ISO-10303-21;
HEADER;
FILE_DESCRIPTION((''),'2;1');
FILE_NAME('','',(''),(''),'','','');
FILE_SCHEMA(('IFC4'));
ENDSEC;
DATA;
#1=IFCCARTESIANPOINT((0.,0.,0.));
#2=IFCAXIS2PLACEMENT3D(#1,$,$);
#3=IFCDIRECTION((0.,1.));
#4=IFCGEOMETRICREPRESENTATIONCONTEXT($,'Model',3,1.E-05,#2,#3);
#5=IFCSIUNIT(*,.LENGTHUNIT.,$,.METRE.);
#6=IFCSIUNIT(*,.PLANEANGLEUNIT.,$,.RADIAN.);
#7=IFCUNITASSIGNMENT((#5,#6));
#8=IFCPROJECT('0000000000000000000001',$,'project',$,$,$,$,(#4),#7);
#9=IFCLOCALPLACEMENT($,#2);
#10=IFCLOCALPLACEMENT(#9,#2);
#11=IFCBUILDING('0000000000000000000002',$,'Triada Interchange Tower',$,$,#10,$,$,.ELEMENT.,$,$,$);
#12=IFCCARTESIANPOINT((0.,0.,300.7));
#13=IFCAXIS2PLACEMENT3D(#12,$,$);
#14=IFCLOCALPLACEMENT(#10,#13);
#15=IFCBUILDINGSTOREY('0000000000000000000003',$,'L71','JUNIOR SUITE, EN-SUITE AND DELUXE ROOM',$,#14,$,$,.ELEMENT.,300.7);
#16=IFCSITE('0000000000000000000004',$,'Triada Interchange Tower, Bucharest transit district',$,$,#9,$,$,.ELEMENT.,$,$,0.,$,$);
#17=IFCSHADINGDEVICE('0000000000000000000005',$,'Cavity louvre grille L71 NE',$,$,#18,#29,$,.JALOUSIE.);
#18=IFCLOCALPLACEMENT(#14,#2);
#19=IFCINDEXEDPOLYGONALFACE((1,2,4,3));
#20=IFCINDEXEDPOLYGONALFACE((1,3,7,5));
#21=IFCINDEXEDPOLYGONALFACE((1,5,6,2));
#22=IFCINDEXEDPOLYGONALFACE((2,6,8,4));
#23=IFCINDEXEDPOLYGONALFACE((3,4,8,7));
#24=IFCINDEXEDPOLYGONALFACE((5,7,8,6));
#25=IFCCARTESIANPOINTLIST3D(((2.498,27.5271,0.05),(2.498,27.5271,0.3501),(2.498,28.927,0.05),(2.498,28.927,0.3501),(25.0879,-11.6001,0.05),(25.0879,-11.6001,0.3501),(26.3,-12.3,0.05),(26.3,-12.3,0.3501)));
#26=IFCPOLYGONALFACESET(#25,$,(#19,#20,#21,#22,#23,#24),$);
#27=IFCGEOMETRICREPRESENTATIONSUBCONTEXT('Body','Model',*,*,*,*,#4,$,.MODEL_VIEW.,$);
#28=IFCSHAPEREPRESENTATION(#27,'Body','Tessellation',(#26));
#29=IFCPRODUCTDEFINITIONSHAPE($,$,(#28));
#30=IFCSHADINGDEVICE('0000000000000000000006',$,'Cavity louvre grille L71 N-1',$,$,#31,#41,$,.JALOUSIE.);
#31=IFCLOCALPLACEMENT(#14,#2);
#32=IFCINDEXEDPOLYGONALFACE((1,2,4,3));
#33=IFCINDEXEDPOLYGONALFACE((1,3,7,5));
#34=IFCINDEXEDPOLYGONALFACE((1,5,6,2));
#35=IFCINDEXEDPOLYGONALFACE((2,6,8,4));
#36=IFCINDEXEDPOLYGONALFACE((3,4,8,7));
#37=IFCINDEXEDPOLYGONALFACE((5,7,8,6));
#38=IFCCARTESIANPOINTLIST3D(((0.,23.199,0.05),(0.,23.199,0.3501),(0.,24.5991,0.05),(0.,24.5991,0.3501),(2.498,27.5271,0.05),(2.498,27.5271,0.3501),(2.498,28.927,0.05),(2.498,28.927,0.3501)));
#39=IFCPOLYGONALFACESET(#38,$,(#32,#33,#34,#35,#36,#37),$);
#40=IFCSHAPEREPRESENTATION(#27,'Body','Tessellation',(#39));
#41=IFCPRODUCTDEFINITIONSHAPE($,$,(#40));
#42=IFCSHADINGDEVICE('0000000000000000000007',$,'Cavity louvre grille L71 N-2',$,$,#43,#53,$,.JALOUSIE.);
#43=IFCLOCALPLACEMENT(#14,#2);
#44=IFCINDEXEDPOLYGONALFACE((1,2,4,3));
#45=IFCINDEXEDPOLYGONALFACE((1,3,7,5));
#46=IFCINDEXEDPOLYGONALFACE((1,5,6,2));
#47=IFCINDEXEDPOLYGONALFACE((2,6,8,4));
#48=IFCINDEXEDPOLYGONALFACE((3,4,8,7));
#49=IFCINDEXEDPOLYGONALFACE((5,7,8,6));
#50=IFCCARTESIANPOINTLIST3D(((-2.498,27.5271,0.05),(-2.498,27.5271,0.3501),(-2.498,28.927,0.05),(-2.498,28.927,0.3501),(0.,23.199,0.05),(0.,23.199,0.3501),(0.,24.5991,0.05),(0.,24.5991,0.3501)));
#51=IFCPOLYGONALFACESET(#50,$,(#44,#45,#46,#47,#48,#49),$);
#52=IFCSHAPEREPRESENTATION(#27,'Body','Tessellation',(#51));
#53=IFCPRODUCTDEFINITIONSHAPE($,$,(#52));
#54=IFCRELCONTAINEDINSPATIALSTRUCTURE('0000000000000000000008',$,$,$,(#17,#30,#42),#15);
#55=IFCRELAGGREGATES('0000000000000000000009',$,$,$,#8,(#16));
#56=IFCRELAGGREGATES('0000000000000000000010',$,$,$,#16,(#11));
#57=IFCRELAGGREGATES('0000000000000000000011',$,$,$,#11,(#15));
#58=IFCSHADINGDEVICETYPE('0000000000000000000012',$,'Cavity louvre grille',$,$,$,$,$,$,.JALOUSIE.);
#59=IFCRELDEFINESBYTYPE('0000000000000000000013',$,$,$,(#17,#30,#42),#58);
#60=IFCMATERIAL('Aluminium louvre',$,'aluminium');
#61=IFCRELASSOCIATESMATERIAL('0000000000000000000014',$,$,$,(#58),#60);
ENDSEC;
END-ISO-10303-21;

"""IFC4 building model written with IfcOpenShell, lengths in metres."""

from ifc_helpers import new_model, si_unit, direction, frame, origin, place, context, subcontext, project, spatial, polyline, outline, extrude, material, type_object, element, save


model = new_model("IFC4")

# Units and contexts
model_context = context("Model", 3, precision=1e-05, world=origin(), true_north=direction((0.0, 1.0)))
body_context = subcontext(model_context, "Body", "Model", "MODEL_VIEW")
ifc_project = project(units=[si_unit("LENGTHUNIT", "METRE"), si_unit("PLANEANGLEUNIT", "RADIAN")], contexts=[model_context])

# Site, building, storey
site_placement = place(None, origin())
site = spatial("IfcSite", under=ifc_project, at=site_placement, Name="Triada Interchange Tower, Bucharest transit district", CompositionType="ELEMENT", RefElevation=0.0)
building_placement = place(site_placement, origin())
building = spatial("IfcBuilding", under=site, at=building_placement, Name="Triada Interchange Tower", CompositionType="ELEMENT")
storey_placement = place(building_placement, frame((0.0, 0.0, 300.7)))
storey = spatial("IfcBuildingStorey", under=building, at=storey_placement, Name="L71", Description="JUNIOR SUITE, EN-SUITE AND DELUXE ROOM", CompositionType="ELEMENT", Elevation=300.7)

# Shading devices
ifc_material_1 = material(Name="Aluminium louvre", Category="aluminium")
shading_device_type = type_object("IfcShadingDeviceType", Name="Cavity louvre grille", PredefinedType="JALOUSIE", material=ifc_material_1)
shading_device_1_placement = place(storey_placement, frame((0.0, 0.0, 0.05)))
element("IfcShadingDevice", 1, at=shading_device_1_placement, inside=storey, type_object=shading_device_type, Name="Cavity louvre grille L71 NE", PredefinedType="JALOUSIE", context=body_context, shape_type="SweptSolid", body=[
    extrude(outline(polyline([(25.0879, -11.6001), (26.3, -12.3), (2.498, 28.927), (2.498, 27.5271), (25.0879, -11.6001)])), origin(), (0.0, 0.0, 1.0), 0.3),
])
shading_device_2_placement = place(storey_placement, frame((0.0, 0.0, 0.05)))
element("IfcShadingDevice", 2, at=shading_device_2_placement, inside=storey, type_object=shading_device_type, Name="Cavity louvre grille L71 N-1", PredefinedType="JALOUSIE", context=body_context, shape_type="SweptSolid", body=[
    extrude(outline(polyline([(2.498, 27.5271), (2.498, 28.927), (0.0, 24.5991), (0.0, 23.199), (2.498, 27.5271)])), origin(), (0.0, 0.0, 1.0), 0.3),
])
shading_device_3_placement = place(storey_placement, frame((0.0, 0.0, 0.05)))
element("IfcShadingDevice", 3, at=shading_device_3_placement, inside=storey, type_object=shading_device_type, Name="Cavity louvre grille L71 N-2", PredefinedType="JALOUSIE", context=body_context, shape_type="SweptSolid", body=[
    extrude(outline(polyline([(0.0, 23.199), (0.0, 24.5991), (-2.498, 28.927), (-2.498, 27.5271), (0.0, 23.199)])), origin(), (0.0, 0.0, 1.0), 0.3),
])

save(model, "model.ifc")
